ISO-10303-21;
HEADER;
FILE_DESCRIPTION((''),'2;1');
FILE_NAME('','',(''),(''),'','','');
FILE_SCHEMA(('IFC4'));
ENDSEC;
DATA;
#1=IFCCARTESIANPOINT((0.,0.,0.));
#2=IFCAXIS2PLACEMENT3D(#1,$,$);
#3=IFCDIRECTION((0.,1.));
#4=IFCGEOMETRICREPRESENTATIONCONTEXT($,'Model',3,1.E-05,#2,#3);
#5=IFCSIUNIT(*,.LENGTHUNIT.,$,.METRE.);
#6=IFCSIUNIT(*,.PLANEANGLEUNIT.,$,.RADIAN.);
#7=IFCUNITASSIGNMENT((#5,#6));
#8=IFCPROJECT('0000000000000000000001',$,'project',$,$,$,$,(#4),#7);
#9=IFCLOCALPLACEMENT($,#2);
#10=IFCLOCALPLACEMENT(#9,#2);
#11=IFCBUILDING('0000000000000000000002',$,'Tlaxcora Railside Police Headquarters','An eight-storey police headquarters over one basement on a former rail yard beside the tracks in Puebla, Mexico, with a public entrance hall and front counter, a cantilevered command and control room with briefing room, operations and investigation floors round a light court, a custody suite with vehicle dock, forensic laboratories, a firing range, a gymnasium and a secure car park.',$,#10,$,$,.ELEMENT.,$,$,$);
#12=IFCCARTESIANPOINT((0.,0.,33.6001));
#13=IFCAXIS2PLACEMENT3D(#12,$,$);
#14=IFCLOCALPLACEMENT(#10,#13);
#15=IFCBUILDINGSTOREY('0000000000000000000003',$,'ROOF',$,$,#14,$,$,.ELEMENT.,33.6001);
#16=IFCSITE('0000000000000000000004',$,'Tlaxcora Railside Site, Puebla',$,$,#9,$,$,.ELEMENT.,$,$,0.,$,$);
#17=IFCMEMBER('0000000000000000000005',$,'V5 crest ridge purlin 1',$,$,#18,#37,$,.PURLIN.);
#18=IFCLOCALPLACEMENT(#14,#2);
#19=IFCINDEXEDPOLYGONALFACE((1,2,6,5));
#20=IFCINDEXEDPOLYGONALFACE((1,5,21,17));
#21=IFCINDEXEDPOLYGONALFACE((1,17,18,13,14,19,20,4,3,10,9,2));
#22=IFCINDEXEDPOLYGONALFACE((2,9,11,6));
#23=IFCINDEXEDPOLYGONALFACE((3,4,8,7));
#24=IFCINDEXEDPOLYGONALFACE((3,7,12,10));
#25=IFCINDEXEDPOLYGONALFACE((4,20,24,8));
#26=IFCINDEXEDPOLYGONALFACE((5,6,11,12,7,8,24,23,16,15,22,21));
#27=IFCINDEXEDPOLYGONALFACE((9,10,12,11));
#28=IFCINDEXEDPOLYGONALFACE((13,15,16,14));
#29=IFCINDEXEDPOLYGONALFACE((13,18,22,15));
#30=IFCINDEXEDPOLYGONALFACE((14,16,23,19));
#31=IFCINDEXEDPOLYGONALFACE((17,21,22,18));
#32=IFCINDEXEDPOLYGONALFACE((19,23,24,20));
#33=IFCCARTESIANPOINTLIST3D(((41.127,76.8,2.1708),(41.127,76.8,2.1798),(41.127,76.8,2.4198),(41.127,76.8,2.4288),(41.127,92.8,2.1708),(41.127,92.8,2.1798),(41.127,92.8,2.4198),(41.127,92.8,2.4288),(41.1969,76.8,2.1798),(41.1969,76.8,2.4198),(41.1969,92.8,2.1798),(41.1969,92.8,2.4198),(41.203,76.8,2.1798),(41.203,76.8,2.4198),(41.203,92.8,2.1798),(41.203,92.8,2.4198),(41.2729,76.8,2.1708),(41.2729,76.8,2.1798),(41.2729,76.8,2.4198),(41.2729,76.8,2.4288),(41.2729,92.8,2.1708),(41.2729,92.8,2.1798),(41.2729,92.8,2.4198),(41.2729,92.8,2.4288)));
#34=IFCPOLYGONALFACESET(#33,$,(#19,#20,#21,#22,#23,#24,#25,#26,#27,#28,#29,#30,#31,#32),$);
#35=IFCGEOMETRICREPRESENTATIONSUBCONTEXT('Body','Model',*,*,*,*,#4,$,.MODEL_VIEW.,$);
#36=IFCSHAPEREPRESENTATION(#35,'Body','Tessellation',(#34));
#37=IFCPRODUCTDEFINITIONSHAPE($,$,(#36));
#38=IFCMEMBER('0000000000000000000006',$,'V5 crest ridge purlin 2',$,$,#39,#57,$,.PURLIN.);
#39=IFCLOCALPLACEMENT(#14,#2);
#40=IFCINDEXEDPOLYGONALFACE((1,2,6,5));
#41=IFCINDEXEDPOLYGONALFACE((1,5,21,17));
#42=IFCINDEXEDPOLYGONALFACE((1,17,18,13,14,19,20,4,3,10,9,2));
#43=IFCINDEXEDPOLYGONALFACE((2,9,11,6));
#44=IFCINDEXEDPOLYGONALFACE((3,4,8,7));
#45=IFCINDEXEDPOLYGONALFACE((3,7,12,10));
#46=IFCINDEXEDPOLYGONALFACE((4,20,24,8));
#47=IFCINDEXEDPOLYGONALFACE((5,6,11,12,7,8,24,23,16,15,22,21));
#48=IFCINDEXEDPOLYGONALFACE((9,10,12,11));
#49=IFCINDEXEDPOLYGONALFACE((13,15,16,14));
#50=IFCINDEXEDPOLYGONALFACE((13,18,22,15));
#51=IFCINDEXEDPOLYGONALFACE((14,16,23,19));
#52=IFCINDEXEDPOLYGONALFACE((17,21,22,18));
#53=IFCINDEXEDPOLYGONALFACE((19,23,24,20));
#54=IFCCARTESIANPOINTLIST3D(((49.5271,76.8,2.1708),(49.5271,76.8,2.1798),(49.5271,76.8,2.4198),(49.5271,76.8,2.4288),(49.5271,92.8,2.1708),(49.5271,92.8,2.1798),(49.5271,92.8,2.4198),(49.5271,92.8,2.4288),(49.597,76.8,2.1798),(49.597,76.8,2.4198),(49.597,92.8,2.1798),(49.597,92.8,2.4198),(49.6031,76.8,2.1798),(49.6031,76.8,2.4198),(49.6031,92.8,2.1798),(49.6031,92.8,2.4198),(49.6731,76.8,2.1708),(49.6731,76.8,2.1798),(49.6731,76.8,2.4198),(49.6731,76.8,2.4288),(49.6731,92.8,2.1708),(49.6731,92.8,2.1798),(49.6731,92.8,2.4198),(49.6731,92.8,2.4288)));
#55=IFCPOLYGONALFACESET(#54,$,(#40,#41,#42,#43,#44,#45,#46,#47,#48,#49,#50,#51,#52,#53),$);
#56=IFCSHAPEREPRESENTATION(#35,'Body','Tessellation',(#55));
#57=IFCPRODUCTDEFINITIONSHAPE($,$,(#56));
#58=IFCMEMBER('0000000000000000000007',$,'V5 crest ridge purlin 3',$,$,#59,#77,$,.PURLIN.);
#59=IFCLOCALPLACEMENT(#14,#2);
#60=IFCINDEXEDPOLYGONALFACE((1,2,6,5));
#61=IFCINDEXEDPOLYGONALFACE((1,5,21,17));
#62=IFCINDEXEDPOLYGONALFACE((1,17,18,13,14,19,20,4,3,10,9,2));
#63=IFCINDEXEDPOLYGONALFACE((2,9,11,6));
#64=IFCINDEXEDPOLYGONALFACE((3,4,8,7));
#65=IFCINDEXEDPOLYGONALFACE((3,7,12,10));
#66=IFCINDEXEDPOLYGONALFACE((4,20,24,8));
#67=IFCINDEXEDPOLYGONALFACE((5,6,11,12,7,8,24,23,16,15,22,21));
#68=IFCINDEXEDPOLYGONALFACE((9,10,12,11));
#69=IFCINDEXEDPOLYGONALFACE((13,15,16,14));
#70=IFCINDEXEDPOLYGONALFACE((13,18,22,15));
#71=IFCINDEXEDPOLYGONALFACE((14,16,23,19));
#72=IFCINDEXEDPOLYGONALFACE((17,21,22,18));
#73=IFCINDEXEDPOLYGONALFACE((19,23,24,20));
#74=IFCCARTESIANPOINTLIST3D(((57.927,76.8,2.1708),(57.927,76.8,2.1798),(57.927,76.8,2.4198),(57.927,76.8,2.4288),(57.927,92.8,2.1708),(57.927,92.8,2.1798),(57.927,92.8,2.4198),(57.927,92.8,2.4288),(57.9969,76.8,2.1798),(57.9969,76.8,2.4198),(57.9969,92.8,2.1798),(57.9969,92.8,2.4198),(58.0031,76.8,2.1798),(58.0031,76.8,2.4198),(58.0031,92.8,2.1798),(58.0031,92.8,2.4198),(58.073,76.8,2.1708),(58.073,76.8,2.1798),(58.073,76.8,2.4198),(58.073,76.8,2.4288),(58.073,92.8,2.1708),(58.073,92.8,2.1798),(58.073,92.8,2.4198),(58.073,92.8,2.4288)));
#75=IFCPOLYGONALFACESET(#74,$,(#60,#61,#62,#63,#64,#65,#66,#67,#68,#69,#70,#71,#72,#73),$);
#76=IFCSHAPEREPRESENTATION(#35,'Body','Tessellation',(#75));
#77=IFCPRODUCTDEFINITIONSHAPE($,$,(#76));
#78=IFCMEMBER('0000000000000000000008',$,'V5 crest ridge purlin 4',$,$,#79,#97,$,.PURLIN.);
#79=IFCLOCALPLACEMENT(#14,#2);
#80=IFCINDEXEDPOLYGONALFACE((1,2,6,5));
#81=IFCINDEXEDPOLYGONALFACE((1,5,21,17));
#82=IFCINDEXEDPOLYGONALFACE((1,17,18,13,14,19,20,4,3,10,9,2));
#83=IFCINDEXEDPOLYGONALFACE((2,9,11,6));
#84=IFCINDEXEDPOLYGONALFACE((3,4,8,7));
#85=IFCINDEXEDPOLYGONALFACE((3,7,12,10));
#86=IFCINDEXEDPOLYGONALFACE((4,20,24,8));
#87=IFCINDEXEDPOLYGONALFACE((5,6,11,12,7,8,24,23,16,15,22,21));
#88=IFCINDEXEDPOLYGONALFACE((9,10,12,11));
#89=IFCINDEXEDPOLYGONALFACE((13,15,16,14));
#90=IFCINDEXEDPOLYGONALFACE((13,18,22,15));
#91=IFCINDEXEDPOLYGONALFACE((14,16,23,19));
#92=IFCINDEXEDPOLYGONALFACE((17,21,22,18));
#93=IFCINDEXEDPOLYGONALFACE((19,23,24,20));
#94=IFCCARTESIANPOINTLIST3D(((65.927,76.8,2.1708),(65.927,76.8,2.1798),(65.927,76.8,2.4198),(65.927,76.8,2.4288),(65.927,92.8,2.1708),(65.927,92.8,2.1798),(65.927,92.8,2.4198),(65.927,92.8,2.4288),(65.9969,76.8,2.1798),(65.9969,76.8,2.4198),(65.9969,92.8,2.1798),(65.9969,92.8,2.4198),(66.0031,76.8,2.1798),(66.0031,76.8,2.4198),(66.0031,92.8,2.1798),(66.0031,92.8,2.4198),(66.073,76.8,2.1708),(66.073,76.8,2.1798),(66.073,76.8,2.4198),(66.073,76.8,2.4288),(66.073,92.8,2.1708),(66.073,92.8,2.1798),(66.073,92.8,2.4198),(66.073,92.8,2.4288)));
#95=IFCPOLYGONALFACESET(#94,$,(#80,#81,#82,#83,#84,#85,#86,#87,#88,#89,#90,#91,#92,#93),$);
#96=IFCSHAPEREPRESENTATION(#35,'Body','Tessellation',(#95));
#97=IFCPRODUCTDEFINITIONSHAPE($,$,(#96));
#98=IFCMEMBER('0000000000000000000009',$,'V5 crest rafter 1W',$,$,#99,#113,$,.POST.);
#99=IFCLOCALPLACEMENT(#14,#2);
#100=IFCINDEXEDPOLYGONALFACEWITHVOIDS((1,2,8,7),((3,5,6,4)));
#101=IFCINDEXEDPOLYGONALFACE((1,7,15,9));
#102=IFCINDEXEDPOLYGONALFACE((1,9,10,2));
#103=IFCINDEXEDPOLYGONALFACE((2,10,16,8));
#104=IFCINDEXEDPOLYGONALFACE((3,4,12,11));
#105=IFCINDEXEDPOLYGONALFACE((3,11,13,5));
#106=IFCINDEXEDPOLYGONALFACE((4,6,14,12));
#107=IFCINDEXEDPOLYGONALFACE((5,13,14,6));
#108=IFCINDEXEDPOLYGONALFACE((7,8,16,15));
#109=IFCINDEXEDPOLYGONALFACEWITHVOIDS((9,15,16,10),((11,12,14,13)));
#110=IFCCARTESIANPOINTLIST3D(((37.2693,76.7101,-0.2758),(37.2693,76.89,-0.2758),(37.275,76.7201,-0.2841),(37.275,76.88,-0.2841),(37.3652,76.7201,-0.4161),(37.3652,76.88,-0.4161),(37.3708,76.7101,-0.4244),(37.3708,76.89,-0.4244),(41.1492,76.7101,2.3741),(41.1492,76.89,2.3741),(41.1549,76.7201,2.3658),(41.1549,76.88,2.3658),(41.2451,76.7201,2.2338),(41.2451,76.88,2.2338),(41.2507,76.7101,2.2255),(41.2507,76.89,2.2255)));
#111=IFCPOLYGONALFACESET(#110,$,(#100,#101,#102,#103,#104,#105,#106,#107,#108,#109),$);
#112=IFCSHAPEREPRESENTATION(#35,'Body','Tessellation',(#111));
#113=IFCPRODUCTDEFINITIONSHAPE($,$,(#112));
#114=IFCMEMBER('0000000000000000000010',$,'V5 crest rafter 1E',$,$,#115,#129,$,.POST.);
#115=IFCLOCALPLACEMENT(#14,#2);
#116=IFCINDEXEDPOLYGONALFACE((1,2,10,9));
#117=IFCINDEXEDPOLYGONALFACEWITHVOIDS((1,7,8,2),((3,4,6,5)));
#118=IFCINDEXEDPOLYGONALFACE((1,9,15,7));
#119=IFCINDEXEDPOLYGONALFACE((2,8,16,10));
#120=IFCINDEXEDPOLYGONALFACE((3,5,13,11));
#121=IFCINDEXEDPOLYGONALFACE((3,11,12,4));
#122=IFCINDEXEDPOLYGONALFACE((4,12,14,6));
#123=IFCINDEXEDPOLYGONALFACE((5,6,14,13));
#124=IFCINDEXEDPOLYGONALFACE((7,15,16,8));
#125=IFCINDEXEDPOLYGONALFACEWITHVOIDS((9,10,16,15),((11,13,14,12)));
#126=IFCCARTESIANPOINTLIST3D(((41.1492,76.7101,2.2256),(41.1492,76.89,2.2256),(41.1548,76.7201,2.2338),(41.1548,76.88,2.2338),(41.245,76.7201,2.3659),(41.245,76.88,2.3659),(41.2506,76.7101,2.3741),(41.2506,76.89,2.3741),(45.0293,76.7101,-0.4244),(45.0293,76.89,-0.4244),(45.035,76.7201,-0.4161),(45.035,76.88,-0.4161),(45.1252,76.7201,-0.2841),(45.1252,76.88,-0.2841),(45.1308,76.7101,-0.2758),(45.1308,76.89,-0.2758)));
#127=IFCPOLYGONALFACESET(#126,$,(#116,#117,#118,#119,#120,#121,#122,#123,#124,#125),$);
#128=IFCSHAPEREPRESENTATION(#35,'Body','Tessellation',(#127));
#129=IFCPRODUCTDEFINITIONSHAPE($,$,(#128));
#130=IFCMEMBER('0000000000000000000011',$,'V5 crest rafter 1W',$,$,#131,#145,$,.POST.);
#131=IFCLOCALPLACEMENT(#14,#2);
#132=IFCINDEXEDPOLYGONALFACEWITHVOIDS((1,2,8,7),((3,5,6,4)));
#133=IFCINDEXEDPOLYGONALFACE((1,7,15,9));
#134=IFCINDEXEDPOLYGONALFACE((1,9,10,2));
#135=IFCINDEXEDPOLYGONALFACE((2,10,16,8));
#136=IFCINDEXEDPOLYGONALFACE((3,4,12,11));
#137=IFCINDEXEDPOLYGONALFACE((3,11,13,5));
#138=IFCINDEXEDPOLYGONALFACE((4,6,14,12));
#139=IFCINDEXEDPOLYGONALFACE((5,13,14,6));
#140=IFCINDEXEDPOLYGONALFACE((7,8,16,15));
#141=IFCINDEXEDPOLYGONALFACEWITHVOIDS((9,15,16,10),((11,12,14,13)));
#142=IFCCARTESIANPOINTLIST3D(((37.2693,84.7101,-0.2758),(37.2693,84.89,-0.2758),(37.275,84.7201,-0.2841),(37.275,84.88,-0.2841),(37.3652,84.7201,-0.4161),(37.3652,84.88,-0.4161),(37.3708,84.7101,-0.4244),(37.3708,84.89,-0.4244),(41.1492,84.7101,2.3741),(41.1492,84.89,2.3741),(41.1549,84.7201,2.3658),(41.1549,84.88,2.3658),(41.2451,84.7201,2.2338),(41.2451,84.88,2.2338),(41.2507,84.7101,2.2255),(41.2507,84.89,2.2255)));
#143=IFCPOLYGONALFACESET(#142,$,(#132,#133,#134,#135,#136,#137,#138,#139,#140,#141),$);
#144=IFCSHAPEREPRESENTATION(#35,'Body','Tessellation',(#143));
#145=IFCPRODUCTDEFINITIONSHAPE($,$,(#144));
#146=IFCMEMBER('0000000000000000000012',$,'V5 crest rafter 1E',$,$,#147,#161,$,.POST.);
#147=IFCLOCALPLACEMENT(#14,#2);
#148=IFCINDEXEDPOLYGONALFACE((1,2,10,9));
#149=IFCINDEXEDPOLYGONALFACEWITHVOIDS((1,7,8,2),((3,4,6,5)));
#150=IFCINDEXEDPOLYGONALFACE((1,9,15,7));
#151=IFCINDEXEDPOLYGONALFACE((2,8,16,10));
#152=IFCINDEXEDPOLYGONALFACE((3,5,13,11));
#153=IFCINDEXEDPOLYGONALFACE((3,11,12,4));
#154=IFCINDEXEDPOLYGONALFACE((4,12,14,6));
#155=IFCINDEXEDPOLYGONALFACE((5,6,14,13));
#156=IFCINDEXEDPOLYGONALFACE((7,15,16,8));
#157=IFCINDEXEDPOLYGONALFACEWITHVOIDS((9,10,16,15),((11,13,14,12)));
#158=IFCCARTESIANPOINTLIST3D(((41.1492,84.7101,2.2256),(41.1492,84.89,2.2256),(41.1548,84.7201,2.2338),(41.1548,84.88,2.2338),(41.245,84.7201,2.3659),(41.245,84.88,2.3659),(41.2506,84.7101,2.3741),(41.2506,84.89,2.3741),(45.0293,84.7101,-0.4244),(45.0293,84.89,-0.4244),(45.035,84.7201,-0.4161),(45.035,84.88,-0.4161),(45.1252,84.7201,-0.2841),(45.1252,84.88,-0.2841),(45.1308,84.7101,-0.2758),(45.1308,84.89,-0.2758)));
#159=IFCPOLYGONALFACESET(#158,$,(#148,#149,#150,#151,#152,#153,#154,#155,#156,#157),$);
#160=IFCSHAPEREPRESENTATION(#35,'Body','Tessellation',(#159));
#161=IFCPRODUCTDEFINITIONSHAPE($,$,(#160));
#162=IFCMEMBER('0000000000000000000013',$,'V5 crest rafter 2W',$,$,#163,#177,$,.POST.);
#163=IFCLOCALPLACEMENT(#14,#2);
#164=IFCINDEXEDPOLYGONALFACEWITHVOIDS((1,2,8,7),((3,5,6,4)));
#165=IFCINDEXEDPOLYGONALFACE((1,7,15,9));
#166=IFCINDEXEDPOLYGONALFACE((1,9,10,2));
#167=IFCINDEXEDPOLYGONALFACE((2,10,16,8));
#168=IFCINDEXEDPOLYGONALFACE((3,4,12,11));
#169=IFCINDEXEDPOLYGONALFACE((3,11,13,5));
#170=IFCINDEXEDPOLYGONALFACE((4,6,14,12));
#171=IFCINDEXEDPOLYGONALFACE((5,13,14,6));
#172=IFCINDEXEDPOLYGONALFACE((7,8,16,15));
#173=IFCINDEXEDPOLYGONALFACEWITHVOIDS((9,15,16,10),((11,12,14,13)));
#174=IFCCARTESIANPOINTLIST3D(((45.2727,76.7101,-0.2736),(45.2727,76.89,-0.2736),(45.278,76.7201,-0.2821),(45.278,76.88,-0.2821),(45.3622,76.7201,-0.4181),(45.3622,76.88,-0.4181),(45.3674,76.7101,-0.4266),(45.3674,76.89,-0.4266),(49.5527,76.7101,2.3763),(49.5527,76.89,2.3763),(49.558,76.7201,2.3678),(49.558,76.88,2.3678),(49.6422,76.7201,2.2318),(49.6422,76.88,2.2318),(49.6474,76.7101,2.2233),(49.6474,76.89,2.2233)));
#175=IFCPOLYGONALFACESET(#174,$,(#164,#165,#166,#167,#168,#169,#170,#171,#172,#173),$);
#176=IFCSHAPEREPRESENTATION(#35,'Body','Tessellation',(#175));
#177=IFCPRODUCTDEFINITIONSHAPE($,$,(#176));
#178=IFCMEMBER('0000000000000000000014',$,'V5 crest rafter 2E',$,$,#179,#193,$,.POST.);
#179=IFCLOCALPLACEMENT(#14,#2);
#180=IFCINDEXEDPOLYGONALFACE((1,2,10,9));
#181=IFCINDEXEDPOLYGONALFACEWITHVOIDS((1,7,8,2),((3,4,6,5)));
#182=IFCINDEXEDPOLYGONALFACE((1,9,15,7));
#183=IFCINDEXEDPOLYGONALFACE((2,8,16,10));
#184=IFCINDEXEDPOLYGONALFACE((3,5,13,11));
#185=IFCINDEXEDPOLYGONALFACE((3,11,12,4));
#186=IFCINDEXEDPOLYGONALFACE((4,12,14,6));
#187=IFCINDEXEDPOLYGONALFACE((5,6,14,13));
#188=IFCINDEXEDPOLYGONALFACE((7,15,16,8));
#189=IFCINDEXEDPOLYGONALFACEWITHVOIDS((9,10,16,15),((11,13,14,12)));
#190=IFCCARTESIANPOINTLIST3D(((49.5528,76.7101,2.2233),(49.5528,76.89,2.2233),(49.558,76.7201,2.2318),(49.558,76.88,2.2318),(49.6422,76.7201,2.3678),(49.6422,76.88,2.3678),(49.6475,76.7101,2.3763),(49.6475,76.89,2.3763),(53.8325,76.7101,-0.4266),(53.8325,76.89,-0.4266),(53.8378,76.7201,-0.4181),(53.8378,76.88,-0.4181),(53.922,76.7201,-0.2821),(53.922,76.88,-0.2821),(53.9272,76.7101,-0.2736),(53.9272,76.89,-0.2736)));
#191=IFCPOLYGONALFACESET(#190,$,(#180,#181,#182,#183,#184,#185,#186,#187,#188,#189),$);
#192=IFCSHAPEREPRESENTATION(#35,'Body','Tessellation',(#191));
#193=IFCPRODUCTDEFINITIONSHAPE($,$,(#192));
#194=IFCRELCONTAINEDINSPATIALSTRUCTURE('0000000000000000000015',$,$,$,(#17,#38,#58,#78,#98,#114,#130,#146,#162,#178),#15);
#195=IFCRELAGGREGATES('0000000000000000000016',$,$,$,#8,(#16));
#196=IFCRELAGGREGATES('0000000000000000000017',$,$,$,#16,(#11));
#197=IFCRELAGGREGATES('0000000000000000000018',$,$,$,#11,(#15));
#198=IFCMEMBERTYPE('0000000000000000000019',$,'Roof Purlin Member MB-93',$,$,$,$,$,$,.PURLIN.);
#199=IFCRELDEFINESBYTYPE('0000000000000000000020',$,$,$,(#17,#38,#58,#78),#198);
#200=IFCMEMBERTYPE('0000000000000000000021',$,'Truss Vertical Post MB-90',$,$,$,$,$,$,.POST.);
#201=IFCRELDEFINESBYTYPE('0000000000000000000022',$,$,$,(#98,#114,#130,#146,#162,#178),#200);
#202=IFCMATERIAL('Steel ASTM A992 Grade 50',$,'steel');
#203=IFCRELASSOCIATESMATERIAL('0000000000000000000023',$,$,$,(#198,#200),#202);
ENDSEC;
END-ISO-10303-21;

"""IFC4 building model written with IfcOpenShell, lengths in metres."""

from ifc_helpers import new_model, si_unit, direction, frame, origin, origin_2d, place, context, subcontext, project, spatial, hollow_rectangle, i_section, extrude, material, material_profile, profile_set, type_object, element, save


model = new_model("IFC4")

# Units and contexts
model_context = context("Model", 3, precision=1e-05, world=origin(), true_north=direction((0.0, 1.0)))
body_context = subcontext(model_context, "Body", "Model", "MODEL_VIEW")
ifc_project = project(units=[si_unit("LENGTHUNIT", "METRE"), si_unit("PLANEANGLEUNIT", "RADIAN")], contexts=[model_context])

# Site, building, storey
site_placement = place(None, origin())
site = spatial("IfcSite", under=ifc_project, at=site_placement, Name="Tlaxcora Railside Site, Puebla", CompositionType="ELEMENT", RefElevation=0.0)
building_placement = place(site_placement, origin())
building = spatial("IfcBuilding", under=site, at=building_placement, Name="Tlaxcora Railside Police Headquarters", Description="An eight-storey police headquarters over one basement on a former rail yard beside the tracks in Puebla, Mexico, with a public entrance hall and front counter, a cantilevered command and control room with briefing room, operations and investigation floors round a light court, a custody suite with vehicle dock, forensic laboratories, a firing range, a gymnasium and a secure car park.", CompositionType="ELEMENT")
storey_placement = place(building_placement, frame((0.0, 0.0, 33.6001)))
storey = spatial("IfcBuildingStorey", under=building, at=storey_placement, Name="ROOF", CompositionType="ELEMENT", Elevation=33.6001)

# Members
ifc_material_1 = material(Name="Steel ASTM A992 Grade 50", Category="steel")
ifc_material_profile_1 = material_profile(ifc_material_1, i_section(OverallWidth=0.146, OverallDepth=0.2581, WebThickness=0.0061, FlangeThickness=0.009, at=origin_2d()), Name="W10X22")
ifc_profile_set_1 = profile_set([ifc_material_profile_1], Name="Steel ASTM A992 Grade 50")
member_type_1 = type_object("IfcMemberType", Name="Roof Purlin Member MB-93", PredefinedType="PURLIN", material=ifc_profile_set_1)
for number, where, z_axis, x_axis, name in (
    (1, (41.2, 76.8, 2.2998), (0.0, 1.0, 0.0), (-1.0, 0.0, 0.0), "V5 crest ridge purlin 1"),
    (2, (49.6001, 76.8, 2.2998), (0.0, 1.0, 0.0), (-1.0, 0.0, 0.0), "V5 crest ridge purlin 2"),
    (3, (58.0, 76.8, 2.2998), (0.0, 1.0, 0.0), (-1.0, 0.0, 0.0), "V5 crest ridge purlin 3"),
    (4, (66.0, 76.8, 2.2998), (0.0, 1.0, 0.0), (-1.0, 0.0, 0.0), "V5 crest ridge purlin 4"),
):
    element("IfcMember", number, at=place(storey_placement, frame(where, z_axis=z_axis, x_axis=x_axis)), inside=storey, type_object=member_type_1, Name=name, PredefinedType="PURLIN", context=body_context, shape_type="SweptSolid", body=[
        extrude(i_section(OverallWidth=0.146, OverallDepth=0.2581, WebThickness=0.0061, FlangeThickness=0.009, at=origin_2d()), origin(), (0.0, 0.0, 1.0), 16.0),
    ])
ifc_material_profile_2 = material_profile(ifc_material_1, hollow_rectangle(XDim=0.1799, YDim=0.1799, WallThickness=0.01, at=origin_2d()), Name="HSS180X180X10")
ifc_profile_set_2 = profile_set([ifc_material_profile_2], Name="Steel ASTM A992 Grade 50")
member_type_2 = type_object("IfcMemberType", Name="Truss Vertical Post MB-90", PredefinedType="POST", material=ifc_profile_set_2)
member_1_placement = place(storey_placement, frame((37.3201, 76.8, -0.3501), z_axis=(0.825779, 0.0, 0.563994), x_axis=(0.0, 1.0, 0.0)))
element("IfcMember", 5, at=member_1_placement, inside=storey, type_object=member_type_2, Name="V5 crest rafter 1W", PredefinedType="POST", context=body_context, shape_type="SweptSolid", body=[
    extrude(hollow_rectangle(XDim=0.1799, YDim=0.1799, WallThickness=0.01, at=origin_2d()), origin(), (0.0, 0.0, 1.0), 4.6985),
])
member_2_placement = place(storey_placement, frame((45.0801, 76.8, -0.3501), z_axis=(-0.825795, 0.0, 0.56397), x_axis=(0.0, -1.0, 0.0)))
element("IfcMember", 6, at=member_2_placement, inside=storey, type_object=member_type_2, Name="V5 crest rafter 1E", PredefinedType="POST", context=body_context, shape_type="SweptSolid", body=[
    extrude(hollow_rectangle(XDim=0.1799, YDim=0.1799, WallThickness=0.01, at=origin_2d()), origin(), (0.0, 0.0, 1.0), 4.6987),
])
member_3_placement = place(storey_placement, frame((37.3201, 84.8, -0.3501), z_axis=(0.825779, 0.0, 0.563994), x_axis=(0.0, 1.0, 0.0)))
element("IfcMember", 7, at=member_3_placement, inside=storey, type_object=member_type_2, Name="V5 crest rafter 1W", PredefinedType="POST", context=body_context, shape_type="SweptSolid", body=[
    extrude(hollow_rectangle(XDim=0.1799, YDim=0.1799, WallThickness=0.01, at=origin_2d()), origin(), (0.0, 0.0, 1.0), 4.6985),
])
member_4_placement = place(storey_placement, frame((45.0801, 84.8, -0.3501), z_axis=(-0.825795, 0.0, 0.56397), x_axis=(0.0, -1.0, 0.0)))
element("IfcMember", 8, at=member_4_placement, inside=storey, type_object=member_type_2, Name="V5 crest rafter 1E", PredefinedType="POST", context=body_context, shape_type="SweptSolid", body=[
    extrude(hollow_rectangle(XDim=0.1799, YDim=0.1799, WallThickness=0.01, at=origin_2d()), origin(), (0.0, 0.0, 1.0), 4.6987),
])
member_5_placement = place(storey_placement, frame((45.3201, 76.8, -0.3501), z_axis=(0.850233, 0.0, 0.526406), x_axis=(0.0, 1.0, 0.0)))
element("IfcMember", 9, at=member_5_placement, inside=storey, type_object=member_type_2, Name="V5 crest rafter 2W", PredefinedType="POST", context=body_context, shape_type="SweptSolid", body=[
    extrude(hollow_rectangle(XDim=0.1799, YDim=0.1799, WallThickness=0.01, at=origin_2d()), origin(), (0.0, 0.0, 1.0), 5.0339),
])
member_6_placement = place(storey_placement, frame((53.8799, 76.8, -0.3501), z_axis=(-0.85022, 0.0, 0.526428), x_axis=(0.0, -1.0, 0.0)))
element("IfcMember", 10, at=member_6_placement, inside=storey, type_object=member_type_2, Name="V5 crest rafter 2E", PredefinedType="POST", context=body_context, shape_type="SweptSolid", body=[
    extrude(hollow_rectangle(XDim=0.1799, YDim=0.1799, WallThickness=0.01, at=origin_2d()), origin(), (0.0, 0.0, 1.0), 5.0337),
])

save(model, "model.ifc")
